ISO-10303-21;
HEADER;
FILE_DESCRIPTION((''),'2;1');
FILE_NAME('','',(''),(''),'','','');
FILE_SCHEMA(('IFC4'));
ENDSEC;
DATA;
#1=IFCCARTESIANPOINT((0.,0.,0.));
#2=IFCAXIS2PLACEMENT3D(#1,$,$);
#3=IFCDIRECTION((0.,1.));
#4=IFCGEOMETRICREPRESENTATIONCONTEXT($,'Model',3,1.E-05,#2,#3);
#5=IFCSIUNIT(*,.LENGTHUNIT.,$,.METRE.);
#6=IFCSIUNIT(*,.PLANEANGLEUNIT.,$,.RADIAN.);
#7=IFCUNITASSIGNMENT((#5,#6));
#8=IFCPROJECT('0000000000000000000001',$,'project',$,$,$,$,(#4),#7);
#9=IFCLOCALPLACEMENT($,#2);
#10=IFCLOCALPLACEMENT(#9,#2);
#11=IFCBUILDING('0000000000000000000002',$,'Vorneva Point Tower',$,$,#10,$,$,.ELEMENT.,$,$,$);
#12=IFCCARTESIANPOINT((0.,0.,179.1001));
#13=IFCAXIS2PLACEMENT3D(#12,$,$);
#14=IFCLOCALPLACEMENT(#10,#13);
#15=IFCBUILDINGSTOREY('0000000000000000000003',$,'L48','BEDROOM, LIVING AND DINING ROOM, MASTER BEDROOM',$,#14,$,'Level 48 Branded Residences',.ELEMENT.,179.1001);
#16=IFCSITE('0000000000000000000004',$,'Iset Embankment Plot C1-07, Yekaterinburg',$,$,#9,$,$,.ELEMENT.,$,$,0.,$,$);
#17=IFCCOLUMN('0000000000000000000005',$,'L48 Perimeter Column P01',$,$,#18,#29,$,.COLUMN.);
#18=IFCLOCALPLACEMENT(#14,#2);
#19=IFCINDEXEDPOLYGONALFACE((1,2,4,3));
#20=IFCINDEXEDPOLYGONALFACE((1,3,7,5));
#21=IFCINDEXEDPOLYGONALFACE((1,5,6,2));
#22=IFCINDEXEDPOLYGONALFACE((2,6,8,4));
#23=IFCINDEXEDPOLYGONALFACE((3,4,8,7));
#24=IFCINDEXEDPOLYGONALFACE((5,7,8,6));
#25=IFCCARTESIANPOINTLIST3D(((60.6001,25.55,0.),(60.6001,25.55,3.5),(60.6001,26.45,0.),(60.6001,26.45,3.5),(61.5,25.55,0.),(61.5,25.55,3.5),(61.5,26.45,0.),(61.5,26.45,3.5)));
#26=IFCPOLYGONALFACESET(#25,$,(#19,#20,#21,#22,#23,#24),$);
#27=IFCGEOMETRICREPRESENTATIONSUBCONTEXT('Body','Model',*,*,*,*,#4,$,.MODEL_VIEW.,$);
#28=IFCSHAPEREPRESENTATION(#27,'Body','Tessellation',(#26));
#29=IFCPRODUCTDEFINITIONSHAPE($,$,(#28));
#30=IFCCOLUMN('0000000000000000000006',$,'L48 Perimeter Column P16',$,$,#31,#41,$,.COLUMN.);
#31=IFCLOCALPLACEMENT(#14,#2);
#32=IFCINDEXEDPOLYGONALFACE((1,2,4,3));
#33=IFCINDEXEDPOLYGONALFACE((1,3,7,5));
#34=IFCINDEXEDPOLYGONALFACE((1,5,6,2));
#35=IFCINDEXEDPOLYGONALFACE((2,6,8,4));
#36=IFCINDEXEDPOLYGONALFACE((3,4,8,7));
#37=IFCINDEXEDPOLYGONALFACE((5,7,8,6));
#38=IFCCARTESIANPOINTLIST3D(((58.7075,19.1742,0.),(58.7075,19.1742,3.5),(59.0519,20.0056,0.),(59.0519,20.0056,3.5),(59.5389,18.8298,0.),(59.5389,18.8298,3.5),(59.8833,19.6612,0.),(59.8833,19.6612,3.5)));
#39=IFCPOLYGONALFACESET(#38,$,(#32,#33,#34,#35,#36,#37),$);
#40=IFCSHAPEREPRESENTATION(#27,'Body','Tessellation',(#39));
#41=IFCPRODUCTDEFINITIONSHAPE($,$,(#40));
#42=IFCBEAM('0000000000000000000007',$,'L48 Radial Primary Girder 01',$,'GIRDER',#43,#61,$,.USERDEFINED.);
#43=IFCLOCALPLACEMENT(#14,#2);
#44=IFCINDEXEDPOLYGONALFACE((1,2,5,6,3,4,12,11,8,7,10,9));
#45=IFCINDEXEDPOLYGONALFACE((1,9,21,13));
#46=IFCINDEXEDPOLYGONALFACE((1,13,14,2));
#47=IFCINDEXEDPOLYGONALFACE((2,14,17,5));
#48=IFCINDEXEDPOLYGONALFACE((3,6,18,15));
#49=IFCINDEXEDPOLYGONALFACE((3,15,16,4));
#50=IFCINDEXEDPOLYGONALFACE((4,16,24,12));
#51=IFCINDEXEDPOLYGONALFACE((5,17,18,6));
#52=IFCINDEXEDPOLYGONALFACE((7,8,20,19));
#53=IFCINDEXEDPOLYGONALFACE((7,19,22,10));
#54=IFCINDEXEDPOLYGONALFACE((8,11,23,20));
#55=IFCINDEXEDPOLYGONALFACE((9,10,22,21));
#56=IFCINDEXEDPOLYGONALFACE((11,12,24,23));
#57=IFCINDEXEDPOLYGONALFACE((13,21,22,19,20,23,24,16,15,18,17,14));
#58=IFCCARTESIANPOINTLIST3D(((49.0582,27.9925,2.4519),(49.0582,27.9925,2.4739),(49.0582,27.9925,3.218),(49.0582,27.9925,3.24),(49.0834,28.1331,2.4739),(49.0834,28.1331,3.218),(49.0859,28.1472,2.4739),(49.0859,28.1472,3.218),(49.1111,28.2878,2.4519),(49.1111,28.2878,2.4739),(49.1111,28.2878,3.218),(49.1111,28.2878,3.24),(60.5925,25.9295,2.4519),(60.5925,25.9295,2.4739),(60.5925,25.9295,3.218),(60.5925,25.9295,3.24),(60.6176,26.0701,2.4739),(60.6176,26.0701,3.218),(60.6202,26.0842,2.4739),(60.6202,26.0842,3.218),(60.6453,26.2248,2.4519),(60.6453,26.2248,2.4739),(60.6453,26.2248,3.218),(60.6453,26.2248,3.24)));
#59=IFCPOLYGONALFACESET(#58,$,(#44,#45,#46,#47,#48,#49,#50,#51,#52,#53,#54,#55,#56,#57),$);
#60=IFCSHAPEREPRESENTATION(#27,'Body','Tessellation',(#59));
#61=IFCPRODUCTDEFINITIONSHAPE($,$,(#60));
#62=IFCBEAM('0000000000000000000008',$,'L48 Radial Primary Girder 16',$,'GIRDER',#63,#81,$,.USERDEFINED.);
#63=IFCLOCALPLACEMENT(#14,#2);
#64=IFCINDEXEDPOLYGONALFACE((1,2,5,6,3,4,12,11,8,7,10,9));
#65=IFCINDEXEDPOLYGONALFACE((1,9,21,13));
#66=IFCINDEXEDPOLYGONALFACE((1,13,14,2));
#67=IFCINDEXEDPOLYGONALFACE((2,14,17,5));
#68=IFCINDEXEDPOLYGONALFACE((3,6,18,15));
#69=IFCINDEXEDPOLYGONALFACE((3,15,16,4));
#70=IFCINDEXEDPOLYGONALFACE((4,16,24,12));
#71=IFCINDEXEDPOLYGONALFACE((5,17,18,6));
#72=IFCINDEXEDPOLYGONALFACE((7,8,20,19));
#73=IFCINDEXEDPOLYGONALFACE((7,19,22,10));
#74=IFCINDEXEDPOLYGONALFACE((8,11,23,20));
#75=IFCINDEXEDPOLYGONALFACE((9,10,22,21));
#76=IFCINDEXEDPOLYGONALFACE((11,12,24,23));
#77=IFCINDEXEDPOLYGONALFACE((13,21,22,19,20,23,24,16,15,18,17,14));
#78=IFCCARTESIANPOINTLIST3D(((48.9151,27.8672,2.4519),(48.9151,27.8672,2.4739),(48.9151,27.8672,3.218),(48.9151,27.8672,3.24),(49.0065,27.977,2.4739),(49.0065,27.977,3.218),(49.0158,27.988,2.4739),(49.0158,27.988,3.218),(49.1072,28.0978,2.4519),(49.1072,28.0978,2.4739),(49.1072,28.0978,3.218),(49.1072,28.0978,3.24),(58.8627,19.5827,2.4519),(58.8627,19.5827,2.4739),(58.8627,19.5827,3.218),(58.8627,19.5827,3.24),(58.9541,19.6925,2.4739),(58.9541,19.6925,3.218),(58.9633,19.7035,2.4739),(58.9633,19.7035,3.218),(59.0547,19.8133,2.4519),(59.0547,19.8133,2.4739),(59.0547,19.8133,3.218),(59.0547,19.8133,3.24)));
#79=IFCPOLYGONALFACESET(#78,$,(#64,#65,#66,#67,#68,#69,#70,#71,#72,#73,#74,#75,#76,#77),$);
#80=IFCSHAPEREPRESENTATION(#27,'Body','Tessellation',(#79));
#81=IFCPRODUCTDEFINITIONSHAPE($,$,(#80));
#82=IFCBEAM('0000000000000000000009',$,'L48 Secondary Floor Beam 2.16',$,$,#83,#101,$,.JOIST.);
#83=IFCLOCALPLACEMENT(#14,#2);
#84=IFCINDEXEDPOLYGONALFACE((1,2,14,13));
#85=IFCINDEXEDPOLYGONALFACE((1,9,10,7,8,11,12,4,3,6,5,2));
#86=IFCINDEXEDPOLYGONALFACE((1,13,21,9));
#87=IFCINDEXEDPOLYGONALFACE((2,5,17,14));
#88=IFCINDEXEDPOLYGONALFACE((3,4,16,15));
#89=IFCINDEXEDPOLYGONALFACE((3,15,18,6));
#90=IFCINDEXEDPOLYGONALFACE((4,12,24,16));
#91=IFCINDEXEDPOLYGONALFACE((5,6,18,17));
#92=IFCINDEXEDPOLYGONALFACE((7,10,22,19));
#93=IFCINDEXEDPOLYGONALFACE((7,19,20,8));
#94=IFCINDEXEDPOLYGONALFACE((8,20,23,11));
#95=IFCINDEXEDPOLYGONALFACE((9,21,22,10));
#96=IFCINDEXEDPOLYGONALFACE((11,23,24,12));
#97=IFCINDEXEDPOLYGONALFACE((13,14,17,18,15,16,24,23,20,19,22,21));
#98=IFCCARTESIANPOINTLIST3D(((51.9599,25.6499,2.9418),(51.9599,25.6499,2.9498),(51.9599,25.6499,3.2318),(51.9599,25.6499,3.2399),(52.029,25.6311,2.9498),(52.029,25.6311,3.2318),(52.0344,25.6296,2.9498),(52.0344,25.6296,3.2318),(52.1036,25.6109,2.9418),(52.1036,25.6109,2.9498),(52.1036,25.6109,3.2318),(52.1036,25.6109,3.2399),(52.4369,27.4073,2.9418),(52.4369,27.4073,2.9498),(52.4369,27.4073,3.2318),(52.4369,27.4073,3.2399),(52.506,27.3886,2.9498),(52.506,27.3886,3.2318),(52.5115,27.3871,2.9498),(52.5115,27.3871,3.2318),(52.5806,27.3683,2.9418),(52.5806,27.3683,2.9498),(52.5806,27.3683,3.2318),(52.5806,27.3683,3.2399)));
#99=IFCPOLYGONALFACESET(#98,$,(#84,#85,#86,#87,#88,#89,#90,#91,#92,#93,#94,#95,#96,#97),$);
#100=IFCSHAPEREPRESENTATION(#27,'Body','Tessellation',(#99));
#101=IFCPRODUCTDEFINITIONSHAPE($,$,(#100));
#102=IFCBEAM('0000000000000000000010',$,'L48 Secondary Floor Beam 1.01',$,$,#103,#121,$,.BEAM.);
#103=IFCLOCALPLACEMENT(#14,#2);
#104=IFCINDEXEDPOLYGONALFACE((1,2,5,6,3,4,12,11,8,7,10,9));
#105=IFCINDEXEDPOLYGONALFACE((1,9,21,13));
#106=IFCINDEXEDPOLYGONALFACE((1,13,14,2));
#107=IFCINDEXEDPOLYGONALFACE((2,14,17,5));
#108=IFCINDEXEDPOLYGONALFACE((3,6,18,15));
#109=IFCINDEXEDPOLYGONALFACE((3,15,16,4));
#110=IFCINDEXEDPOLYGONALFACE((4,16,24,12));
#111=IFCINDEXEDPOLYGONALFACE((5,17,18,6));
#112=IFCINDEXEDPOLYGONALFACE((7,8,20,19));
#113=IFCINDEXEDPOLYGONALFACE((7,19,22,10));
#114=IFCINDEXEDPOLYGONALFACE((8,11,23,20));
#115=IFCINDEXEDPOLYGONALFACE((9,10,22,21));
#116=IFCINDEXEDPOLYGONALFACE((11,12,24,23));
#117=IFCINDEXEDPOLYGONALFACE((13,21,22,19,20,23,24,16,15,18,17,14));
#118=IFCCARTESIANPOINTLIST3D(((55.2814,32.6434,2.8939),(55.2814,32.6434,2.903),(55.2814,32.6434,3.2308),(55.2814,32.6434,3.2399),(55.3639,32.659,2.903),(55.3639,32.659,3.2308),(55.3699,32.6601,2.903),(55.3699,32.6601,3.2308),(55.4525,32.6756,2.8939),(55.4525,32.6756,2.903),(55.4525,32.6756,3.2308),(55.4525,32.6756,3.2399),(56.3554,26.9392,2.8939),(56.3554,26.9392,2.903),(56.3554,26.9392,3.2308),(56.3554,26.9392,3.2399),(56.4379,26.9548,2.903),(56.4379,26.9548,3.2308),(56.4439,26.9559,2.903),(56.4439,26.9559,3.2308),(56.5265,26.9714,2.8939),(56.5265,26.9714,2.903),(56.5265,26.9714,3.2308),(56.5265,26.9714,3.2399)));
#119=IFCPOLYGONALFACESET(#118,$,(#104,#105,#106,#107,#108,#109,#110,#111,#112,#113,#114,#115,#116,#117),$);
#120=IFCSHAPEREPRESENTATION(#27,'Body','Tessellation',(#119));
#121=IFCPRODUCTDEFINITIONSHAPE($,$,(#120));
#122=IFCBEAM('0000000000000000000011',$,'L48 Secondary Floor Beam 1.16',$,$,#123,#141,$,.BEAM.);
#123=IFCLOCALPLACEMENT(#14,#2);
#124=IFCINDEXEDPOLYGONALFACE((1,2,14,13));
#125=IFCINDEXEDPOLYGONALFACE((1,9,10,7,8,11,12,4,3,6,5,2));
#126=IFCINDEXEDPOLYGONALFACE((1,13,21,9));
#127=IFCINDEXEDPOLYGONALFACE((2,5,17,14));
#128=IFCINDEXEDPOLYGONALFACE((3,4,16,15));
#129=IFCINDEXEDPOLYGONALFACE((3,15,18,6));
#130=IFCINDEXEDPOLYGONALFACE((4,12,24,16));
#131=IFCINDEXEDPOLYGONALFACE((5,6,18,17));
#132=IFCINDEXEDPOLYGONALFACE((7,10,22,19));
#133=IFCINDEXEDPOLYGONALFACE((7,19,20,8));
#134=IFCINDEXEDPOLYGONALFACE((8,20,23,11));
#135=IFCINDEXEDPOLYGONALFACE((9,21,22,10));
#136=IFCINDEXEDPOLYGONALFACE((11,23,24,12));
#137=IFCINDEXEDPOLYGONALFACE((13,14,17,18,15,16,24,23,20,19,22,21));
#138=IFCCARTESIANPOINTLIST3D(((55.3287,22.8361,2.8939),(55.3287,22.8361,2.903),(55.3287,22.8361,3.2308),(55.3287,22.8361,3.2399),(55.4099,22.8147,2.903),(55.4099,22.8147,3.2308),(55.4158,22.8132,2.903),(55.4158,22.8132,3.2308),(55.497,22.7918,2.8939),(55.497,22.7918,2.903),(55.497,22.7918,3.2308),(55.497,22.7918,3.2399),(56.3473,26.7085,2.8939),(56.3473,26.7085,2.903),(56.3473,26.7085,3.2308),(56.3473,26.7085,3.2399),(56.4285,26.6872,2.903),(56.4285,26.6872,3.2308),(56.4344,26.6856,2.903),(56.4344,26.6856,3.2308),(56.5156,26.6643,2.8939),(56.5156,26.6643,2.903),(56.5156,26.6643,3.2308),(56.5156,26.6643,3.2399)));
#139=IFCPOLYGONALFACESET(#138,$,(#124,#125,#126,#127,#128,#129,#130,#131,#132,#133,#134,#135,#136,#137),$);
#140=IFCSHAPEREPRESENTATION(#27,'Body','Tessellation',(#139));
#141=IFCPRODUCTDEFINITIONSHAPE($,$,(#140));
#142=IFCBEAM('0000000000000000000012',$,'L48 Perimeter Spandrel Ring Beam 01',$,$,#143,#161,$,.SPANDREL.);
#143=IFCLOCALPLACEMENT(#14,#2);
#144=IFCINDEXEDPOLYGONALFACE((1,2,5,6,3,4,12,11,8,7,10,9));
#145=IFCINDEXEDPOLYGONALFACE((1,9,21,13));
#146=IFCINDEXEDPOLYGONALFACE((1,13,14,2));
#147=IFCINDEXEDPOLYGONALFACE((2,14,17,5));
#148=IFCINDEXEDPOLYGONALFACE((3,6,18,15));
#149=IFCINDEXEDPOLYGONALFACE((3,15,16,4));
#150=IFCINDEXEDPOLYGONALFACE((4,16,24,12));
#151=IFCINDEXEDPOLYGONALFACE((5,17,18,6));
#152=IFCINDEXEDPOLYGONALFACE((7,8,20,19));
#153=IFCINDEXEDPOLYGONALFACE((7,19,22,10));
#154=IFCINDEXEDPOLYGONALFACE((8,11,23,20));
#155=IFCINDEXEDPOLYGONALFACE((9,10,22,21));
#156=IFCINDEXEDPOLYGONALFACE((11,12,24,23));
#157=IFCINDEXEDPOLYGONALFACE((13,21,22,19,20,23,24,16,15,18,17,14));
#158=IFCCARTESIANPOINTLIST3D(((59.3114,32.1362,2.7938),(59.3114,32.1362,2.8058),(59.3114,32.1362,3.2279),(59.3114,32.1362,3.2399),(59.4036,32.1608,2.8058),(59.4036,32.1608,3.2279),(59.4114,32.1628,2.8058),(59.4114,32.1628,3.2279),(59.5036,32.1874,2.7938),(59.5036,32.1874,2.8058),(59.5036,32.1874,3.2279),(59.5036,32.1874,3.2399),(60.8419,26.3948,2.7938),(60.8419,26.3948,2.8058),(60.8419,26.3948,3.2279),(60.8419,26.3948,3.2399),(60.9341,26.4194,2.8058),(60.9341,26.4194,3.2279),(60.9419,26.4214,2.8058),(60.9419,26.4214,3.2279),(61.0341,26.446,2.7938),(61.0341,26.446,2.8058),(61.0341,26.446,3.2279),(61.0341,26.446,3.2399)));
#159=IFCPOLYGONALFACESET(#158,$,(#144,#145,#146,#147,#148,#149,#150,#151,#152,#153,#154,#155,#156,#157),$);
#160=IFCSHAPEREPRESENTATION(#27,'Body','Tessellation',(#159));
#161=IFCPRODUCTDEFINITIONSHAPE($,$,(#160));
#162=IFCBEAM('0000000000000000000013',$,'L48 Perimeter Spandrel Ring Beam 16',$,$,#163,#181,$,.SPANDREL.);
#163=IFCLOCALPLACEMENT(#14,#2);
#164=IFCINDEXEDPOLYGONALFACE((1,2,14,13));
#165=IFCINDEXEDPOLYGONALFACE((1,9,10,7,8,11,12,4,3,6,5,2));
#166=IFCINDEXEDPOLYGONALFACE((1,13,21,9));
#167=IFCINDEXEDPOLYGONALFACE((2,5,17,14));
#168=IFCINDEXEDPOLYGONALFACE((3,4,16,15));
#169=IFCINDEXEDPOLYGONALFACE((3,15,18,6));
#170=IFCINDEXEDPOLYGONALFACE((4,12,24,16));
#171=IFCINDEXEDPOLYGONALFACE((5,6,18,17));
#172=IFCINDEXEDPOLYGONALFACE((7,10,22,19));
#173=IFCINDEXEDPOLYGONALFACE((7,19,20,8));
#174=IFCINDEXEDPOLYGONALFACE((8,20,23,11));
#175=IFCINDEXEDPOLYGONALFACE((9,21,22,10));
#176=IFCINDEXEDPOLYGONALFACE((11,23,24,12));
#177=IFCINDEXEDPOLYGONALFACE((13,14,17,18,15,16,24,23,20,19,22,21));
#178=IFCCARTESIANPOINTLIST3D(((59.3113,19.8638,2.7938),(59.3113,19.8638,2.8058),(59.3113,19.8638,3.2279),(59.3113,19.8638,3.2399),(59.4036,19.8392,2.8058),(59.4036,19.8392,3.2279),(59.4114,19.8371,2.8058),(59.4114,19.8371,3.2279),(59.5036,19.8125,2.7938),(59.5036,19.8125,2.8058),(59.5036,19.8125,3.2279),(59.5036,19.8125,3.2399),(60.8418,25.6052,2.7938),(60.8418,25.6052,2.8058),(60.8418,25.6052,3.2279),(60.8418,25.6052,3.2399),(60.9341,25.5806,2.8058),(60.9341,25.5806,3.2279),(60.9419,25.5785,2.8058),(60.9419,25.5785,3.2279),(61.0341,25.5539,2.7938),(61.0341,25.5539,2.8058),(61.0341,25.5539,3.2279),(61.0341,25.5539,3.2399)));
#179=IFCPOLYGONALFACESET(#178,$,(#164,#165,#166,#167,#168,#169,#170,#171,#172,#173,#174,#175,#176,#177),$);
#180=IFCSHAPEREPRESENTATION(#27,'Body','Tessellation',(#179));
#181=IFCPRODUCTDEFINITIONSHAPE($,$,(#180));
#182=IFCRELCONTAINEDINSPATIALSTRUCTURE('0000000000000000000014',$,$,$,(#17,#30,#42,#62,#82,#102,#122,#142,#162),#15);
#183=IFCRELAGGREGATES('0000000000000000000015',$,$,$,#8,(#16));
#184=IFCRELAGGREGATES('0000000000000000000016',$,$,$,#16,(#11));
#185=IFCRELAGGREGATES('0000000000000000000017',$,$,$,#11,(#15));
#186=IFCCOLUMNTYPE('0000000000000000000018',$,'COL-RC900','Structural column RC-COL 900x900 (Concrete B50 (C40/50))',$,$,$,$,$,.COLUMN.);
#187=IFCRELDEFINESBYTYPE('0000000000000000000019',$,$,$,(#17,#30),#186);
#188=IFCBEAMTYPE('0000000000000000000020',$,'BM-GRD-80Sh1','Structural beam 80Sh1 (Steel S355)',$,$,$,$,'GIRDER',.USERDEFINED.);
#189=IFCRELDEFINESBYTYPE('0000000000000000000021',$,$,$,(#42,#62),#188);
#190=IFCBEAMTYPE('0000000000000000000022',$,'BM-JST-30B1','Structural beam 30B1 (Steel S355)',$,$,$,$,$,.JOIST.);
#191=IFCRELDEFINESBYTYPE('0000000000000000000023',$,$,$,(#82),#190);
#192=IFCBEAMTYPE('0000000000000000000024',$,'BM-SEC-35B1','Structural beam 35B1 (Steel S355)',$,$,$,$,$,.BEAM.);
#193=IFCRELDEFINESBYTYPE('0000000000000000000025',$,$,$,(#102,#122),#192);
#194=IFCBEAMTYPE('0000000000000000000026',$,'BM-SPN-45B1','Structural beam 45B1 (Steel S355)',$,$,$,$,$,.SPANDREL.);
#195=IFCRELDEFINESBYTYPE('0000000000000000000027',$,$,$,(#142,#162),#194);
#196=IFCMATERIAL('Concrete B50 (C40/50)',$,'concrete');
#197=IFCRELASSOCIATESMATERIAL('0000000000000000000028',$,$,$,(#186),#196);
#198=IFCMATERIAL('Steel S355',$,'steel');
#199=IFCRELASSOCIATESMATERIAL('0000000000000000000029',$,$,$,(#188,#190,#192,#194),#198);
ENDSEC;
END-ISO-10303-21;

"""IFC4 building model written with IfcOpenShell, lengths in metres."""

from ifc_helpers import new_model, si_unit, direction, frame, origin, origin_2d, place, context, subcontext, project, spatial, rectangle, i_section, extrude, material, material_profile, profile_set, type_object, element, save


model = new_model("IFC4")

# Units and contexts
model_context = context("Model", 3, precision=1e-05, world=origin(), true_north=direction((0.0, 1.0)))
body_context = subcontext(model_context, "Body", "Model", "MODEL_VIEW")
ifc_project = project(units=[si_unit("LENGTHUNIT", "METRE"), si_unit("PLANEANGLEUNIT", "RADIAN")], contexts=[model_context])

# Site, building, storey
site_placement = place(None, origin())
site = spatial("IfcSite", under=ifc_project, at=site_placement, Name="Iset Embankment Plot C1-07, Yekaterinburg", CompositionType="ELEMENT", RefElevation=0.0)
building_placement = place(site_placement, origin())
building = spatial("IfcBuilding", under=site, at=building_placement, Name="Vorneva Point Tower", CompositionType="ELEMENT")
storey_placement = place(building_placement, frame((0.0, 0.0, 179.1001)))
storey = spatial("IfcBuildingStorey", under=building, at=storey_placement, Name="L48", Description="BEDROOM, LIVING AND DINING ROOM, MASTER BEDROOM", LongName="Level 48 Branded Residences", CompositionType="ELEMENT", Elevation=179.1001)

# Columns
ifc_material_1 = material(Name="Concrete B50 (C40/50)", Category="concrete")
ifc_material_profile_1 = material_profile(ifc_material_1, rectangle(XDim=0.8999, YDim=0.8999, at=origin_2d()), Name="RC-COL 900x900")
ifc_profile_set_1 = profile_set([ifc_material_profile_1], Name="Concrete B50 (C40/50)")
column_type = type_object("IfcColumnType", Name="COL-RC900", Description="Structural column RC-COL 900x900 (Concrete B50 (C40/50))", PredefinedType="COLUMN", material=ifc_profile_set_1)
for number, where, z_axis, x_axis, name in (
    (1, (61.05, 26.0, 0.0), (0.0, 0.0, 1.0), (1.0, 0.0, 0.0), "L48 Perimeter Column P01"),
    (2, (59.2954, 19.4177, 0.0), (0.0, 0.0, 1.0), (0.92388, -0.382683, 0.0), "L48 Perimeter Column P16"),
):
    element("IfcColumn", number, at=place(storey_placement, frame(where, z_axis=z_axis, x_axis=x_axis)), inside=storey, type_object=column_type, Name=name, PredefinedType="COLUMN", context=body_context, shape_type="SweptSolid", body=[
        extrude(rectangle(XDim=0.8999, YDim=0.8999, at=origin_2d()), origin(), (0.0, 0.0, 1.0), 3.5),
    ])

# Beams
ifc_material_2 = material(Name="Steel S355", Category="steel")
ifc_material_profile_2 = material_profile(ifc_material_2, i_section(OverallWidth=0.3, OverallDepth=0.7881, WebThickness=0.0144, FlangeThickness=0.022, at=origin_2d()), Name="80Sh1")
ifc_profile_set_2 = profile_set([ifc_material_profile_2], Name="Steel S355")
beam_type_1 = type_object("IfcBeamType", Name="BM-GRD-80Sh1", Description="Structural beam 80Sh1 (Steel S355)", ElementType="GIRDER", PredefinedType="USERDEFINED", material=ifc_profile_set_2)
beam_1_placement = place(storey_placement, frame((60.6189, 26.0771, 2.8459), z_axis=(-0.984379, 0.176065, 0.0), x_axis=(-0.176065, -0.984379, 0.0)))
element("IfcBeam", 3, at=beam_1_placement, inside=storey, type_object=beam_type_1, Name="L48 Radial Primary Girder 01", ObjectType="GIRDER", PredefinedType="USERDEFINED", context=body_context, shape_type="SweptSolid", body=[
    extrude(i_section(OverallWidth=0.3, OverallDepth=0.7881, WebThickness=0.0144, FlangeThickness=0.022, at=origin_2d()), origin(), (0.0, 0.0, 1.0), 11.7173),
])
beam_2_placement = place(storey_placement, frame((58.9587, 19.698, 2.8459), z_axis=(-0.768418, 0.639949, 0.0), x_axis=(-0.639949, -0.768418, 0.0)))
element("IfcBeam", 4, at=beam_2_placement, inside=storey, type_object=beam_type_1, Name="L48 Radial Primary Girder 16", ObjectType="GIRDER", PredefinedType="USERDEFINED", context=body_context, shape_type="SweptSolid", body=[
    extrude(i_section(OverallWidth=0.3, OverallDepth=0.7881, WebThickness=0.0144, FlangeThickness=0.022, at=origin_2d()), origin(), (0.0, 0.0, 1.0), 12.9456),
])
ifc_material_profile_3 = material_profile(ifc_material_2, i_section(OverallWidth=0.1489, OverallDepth=0.2981, WebThickness=0.0056, FlangeThickness=0.0081, at=origin_2d()), Name="30B1")
ifc_profile_set_3 = profile_set([ifc_material_profile_3], Name="Steel S355")
beam_type_2 = type_object("IfcBeamType", Name="BM-JST-30B1", Description="Structural beam 30B1 (Steel S355)", PredefinedType="JOIST", material=ifc_profile_set_3)
beam_3_placement = place(storey_placement, frame((52.0317, 25.6304, 3.0908), z_axis=(0.261949, 0.965082, 0.0), x_axis=(-0.965082, 0.261949, 0.0)))
element("IfcBeam", 5, at=beam_3_placement, inside=storey, type_object=beam_type_2, Name="L48 Secondary Floor Beam 2.16", PredefinedType="JOIST", context=body_context, shape_type="SweptSolid", body=[
    extrude(i_section(OverallWidth=0.1489, OverallDepth=0.2981, WebThickness=0.0056, FlangeThickness=0.0081, at=origin_2d()), origin(), (0.0, 0.0, 1.0), 1.821),
])
ifc_material_profile_4 = material_profile(ifc_material_2, i_section(OverallWidth=0.1741, OverallDepth=0.3459, WebThickness=0.0061, FlangeThickness=0.009, at=origin_2d()), Name="35B1")
ifc_profile_set_4 = profile_set([ifc_material_profile_4], Name="Steel S355")
beam_type_3 = type_object("IfcBeamType", Name="BM-SEC-35B1", Description="Structural beam 35B1 (Steel S355)", PredefinedType="BEAM", material=ifc_profile_set_4)
beam_4_placement = place(storey_placement, frame((56.4409, 26.9553, 3.0669), z_axis=(-0.18503, 0.982733, 0.0), x_axis=(-0.982733, -0.18503, 0.0)))
element("IfcBeam", 6, at=beam_4_placement, inside=storey, type_object=beam_type_3, Name="L48 Secondary Floor Beam 1.01", PredefinedType="BEAM", context=body_context, shape_type="SweptSolid", body=[
    extrude(i_section(OverallWidth=0.1741, OverallDepth=0.3459, WebThickness=0.0061, FlangeThickness=0.009, at=origin_2d()), origin(), (0.0, 0.0, 1.0), 5.8044),
])
beam_5_placement = place(storey_placement, frame((55.4128, 22.814, 3.0669), z_axis=(0.254382, 0.967104, 0.0), x_axis=(-0.967104, 0.254382, 0.0)))
element("IfcBeam", 7, at=beam_5_placement, inside=storey, type_object=beam_type_3, Name="L48 Secondary Floor Beam 1.16", PredefinedType="BEAM", context=body_context, shape_type="SweptSolid", body=[
    extrude(i_section(OverallWidth=0.1741, OverallDepth=0.3459, WebThickness=0.0061, FlangeThickness=0.009, at=origin_2d()), origin(), (0.0, 0.0, 1.0), 4.0042),
])
ifc_material_profile_5 = material_profile(ifc_material_2, i_section(OverallWidth=0.199, OverallDepth=0.446, WebThickness=0.0081, FlangeThickness=0.012, at=origin_2d()), Name="45B1")
ifc_profile_set_5 = profile_set([ifc_material_profile_5], Name="Steel S355")
beam_type_4 = type_object("IfcBeamType", Name="BM-SPN-45B1", Description="Structural beam 45B1 (Steel S355)", PredefinedType="SPANDREL", material=ifc_profile_set_5)
for number, where, z_axis, x_axis, name in (
    (8, (60.938, 26.4204, 3.0168), (-0.257578, 0.966257, 0.0), (-0.966257, -0.257578, 0.0), "L48 Perimeter Spandrel Ring Beam 01"),
    (9, (59.4075, 19.8381, 3.0168), (0.257578, 0.966257, 0.0), (-0.966257, 0.257578, 0.0), "L48 Perimeter Spandrel Ring Beam 16"),
):
    element("IfcBeam", number, at=place(storey_placement, frame(where, z_axis=z_axis, x_axis=x_axis)), inside=storey, type_object=beam_type_4, Name=name, PredefinedType="SPANDREL", context=body_context, shape_type="SweptSolid", body=[
        extrude(i_section(OverallWidth=0.199, OverallDepth=0.446, WebThickness=0.0081, FlangeThickness=0.012, at=origin_2d()), origin(), (0.0, 0.0, 1.0), 5.9419),
    ])

save(model, "model.ifc")
